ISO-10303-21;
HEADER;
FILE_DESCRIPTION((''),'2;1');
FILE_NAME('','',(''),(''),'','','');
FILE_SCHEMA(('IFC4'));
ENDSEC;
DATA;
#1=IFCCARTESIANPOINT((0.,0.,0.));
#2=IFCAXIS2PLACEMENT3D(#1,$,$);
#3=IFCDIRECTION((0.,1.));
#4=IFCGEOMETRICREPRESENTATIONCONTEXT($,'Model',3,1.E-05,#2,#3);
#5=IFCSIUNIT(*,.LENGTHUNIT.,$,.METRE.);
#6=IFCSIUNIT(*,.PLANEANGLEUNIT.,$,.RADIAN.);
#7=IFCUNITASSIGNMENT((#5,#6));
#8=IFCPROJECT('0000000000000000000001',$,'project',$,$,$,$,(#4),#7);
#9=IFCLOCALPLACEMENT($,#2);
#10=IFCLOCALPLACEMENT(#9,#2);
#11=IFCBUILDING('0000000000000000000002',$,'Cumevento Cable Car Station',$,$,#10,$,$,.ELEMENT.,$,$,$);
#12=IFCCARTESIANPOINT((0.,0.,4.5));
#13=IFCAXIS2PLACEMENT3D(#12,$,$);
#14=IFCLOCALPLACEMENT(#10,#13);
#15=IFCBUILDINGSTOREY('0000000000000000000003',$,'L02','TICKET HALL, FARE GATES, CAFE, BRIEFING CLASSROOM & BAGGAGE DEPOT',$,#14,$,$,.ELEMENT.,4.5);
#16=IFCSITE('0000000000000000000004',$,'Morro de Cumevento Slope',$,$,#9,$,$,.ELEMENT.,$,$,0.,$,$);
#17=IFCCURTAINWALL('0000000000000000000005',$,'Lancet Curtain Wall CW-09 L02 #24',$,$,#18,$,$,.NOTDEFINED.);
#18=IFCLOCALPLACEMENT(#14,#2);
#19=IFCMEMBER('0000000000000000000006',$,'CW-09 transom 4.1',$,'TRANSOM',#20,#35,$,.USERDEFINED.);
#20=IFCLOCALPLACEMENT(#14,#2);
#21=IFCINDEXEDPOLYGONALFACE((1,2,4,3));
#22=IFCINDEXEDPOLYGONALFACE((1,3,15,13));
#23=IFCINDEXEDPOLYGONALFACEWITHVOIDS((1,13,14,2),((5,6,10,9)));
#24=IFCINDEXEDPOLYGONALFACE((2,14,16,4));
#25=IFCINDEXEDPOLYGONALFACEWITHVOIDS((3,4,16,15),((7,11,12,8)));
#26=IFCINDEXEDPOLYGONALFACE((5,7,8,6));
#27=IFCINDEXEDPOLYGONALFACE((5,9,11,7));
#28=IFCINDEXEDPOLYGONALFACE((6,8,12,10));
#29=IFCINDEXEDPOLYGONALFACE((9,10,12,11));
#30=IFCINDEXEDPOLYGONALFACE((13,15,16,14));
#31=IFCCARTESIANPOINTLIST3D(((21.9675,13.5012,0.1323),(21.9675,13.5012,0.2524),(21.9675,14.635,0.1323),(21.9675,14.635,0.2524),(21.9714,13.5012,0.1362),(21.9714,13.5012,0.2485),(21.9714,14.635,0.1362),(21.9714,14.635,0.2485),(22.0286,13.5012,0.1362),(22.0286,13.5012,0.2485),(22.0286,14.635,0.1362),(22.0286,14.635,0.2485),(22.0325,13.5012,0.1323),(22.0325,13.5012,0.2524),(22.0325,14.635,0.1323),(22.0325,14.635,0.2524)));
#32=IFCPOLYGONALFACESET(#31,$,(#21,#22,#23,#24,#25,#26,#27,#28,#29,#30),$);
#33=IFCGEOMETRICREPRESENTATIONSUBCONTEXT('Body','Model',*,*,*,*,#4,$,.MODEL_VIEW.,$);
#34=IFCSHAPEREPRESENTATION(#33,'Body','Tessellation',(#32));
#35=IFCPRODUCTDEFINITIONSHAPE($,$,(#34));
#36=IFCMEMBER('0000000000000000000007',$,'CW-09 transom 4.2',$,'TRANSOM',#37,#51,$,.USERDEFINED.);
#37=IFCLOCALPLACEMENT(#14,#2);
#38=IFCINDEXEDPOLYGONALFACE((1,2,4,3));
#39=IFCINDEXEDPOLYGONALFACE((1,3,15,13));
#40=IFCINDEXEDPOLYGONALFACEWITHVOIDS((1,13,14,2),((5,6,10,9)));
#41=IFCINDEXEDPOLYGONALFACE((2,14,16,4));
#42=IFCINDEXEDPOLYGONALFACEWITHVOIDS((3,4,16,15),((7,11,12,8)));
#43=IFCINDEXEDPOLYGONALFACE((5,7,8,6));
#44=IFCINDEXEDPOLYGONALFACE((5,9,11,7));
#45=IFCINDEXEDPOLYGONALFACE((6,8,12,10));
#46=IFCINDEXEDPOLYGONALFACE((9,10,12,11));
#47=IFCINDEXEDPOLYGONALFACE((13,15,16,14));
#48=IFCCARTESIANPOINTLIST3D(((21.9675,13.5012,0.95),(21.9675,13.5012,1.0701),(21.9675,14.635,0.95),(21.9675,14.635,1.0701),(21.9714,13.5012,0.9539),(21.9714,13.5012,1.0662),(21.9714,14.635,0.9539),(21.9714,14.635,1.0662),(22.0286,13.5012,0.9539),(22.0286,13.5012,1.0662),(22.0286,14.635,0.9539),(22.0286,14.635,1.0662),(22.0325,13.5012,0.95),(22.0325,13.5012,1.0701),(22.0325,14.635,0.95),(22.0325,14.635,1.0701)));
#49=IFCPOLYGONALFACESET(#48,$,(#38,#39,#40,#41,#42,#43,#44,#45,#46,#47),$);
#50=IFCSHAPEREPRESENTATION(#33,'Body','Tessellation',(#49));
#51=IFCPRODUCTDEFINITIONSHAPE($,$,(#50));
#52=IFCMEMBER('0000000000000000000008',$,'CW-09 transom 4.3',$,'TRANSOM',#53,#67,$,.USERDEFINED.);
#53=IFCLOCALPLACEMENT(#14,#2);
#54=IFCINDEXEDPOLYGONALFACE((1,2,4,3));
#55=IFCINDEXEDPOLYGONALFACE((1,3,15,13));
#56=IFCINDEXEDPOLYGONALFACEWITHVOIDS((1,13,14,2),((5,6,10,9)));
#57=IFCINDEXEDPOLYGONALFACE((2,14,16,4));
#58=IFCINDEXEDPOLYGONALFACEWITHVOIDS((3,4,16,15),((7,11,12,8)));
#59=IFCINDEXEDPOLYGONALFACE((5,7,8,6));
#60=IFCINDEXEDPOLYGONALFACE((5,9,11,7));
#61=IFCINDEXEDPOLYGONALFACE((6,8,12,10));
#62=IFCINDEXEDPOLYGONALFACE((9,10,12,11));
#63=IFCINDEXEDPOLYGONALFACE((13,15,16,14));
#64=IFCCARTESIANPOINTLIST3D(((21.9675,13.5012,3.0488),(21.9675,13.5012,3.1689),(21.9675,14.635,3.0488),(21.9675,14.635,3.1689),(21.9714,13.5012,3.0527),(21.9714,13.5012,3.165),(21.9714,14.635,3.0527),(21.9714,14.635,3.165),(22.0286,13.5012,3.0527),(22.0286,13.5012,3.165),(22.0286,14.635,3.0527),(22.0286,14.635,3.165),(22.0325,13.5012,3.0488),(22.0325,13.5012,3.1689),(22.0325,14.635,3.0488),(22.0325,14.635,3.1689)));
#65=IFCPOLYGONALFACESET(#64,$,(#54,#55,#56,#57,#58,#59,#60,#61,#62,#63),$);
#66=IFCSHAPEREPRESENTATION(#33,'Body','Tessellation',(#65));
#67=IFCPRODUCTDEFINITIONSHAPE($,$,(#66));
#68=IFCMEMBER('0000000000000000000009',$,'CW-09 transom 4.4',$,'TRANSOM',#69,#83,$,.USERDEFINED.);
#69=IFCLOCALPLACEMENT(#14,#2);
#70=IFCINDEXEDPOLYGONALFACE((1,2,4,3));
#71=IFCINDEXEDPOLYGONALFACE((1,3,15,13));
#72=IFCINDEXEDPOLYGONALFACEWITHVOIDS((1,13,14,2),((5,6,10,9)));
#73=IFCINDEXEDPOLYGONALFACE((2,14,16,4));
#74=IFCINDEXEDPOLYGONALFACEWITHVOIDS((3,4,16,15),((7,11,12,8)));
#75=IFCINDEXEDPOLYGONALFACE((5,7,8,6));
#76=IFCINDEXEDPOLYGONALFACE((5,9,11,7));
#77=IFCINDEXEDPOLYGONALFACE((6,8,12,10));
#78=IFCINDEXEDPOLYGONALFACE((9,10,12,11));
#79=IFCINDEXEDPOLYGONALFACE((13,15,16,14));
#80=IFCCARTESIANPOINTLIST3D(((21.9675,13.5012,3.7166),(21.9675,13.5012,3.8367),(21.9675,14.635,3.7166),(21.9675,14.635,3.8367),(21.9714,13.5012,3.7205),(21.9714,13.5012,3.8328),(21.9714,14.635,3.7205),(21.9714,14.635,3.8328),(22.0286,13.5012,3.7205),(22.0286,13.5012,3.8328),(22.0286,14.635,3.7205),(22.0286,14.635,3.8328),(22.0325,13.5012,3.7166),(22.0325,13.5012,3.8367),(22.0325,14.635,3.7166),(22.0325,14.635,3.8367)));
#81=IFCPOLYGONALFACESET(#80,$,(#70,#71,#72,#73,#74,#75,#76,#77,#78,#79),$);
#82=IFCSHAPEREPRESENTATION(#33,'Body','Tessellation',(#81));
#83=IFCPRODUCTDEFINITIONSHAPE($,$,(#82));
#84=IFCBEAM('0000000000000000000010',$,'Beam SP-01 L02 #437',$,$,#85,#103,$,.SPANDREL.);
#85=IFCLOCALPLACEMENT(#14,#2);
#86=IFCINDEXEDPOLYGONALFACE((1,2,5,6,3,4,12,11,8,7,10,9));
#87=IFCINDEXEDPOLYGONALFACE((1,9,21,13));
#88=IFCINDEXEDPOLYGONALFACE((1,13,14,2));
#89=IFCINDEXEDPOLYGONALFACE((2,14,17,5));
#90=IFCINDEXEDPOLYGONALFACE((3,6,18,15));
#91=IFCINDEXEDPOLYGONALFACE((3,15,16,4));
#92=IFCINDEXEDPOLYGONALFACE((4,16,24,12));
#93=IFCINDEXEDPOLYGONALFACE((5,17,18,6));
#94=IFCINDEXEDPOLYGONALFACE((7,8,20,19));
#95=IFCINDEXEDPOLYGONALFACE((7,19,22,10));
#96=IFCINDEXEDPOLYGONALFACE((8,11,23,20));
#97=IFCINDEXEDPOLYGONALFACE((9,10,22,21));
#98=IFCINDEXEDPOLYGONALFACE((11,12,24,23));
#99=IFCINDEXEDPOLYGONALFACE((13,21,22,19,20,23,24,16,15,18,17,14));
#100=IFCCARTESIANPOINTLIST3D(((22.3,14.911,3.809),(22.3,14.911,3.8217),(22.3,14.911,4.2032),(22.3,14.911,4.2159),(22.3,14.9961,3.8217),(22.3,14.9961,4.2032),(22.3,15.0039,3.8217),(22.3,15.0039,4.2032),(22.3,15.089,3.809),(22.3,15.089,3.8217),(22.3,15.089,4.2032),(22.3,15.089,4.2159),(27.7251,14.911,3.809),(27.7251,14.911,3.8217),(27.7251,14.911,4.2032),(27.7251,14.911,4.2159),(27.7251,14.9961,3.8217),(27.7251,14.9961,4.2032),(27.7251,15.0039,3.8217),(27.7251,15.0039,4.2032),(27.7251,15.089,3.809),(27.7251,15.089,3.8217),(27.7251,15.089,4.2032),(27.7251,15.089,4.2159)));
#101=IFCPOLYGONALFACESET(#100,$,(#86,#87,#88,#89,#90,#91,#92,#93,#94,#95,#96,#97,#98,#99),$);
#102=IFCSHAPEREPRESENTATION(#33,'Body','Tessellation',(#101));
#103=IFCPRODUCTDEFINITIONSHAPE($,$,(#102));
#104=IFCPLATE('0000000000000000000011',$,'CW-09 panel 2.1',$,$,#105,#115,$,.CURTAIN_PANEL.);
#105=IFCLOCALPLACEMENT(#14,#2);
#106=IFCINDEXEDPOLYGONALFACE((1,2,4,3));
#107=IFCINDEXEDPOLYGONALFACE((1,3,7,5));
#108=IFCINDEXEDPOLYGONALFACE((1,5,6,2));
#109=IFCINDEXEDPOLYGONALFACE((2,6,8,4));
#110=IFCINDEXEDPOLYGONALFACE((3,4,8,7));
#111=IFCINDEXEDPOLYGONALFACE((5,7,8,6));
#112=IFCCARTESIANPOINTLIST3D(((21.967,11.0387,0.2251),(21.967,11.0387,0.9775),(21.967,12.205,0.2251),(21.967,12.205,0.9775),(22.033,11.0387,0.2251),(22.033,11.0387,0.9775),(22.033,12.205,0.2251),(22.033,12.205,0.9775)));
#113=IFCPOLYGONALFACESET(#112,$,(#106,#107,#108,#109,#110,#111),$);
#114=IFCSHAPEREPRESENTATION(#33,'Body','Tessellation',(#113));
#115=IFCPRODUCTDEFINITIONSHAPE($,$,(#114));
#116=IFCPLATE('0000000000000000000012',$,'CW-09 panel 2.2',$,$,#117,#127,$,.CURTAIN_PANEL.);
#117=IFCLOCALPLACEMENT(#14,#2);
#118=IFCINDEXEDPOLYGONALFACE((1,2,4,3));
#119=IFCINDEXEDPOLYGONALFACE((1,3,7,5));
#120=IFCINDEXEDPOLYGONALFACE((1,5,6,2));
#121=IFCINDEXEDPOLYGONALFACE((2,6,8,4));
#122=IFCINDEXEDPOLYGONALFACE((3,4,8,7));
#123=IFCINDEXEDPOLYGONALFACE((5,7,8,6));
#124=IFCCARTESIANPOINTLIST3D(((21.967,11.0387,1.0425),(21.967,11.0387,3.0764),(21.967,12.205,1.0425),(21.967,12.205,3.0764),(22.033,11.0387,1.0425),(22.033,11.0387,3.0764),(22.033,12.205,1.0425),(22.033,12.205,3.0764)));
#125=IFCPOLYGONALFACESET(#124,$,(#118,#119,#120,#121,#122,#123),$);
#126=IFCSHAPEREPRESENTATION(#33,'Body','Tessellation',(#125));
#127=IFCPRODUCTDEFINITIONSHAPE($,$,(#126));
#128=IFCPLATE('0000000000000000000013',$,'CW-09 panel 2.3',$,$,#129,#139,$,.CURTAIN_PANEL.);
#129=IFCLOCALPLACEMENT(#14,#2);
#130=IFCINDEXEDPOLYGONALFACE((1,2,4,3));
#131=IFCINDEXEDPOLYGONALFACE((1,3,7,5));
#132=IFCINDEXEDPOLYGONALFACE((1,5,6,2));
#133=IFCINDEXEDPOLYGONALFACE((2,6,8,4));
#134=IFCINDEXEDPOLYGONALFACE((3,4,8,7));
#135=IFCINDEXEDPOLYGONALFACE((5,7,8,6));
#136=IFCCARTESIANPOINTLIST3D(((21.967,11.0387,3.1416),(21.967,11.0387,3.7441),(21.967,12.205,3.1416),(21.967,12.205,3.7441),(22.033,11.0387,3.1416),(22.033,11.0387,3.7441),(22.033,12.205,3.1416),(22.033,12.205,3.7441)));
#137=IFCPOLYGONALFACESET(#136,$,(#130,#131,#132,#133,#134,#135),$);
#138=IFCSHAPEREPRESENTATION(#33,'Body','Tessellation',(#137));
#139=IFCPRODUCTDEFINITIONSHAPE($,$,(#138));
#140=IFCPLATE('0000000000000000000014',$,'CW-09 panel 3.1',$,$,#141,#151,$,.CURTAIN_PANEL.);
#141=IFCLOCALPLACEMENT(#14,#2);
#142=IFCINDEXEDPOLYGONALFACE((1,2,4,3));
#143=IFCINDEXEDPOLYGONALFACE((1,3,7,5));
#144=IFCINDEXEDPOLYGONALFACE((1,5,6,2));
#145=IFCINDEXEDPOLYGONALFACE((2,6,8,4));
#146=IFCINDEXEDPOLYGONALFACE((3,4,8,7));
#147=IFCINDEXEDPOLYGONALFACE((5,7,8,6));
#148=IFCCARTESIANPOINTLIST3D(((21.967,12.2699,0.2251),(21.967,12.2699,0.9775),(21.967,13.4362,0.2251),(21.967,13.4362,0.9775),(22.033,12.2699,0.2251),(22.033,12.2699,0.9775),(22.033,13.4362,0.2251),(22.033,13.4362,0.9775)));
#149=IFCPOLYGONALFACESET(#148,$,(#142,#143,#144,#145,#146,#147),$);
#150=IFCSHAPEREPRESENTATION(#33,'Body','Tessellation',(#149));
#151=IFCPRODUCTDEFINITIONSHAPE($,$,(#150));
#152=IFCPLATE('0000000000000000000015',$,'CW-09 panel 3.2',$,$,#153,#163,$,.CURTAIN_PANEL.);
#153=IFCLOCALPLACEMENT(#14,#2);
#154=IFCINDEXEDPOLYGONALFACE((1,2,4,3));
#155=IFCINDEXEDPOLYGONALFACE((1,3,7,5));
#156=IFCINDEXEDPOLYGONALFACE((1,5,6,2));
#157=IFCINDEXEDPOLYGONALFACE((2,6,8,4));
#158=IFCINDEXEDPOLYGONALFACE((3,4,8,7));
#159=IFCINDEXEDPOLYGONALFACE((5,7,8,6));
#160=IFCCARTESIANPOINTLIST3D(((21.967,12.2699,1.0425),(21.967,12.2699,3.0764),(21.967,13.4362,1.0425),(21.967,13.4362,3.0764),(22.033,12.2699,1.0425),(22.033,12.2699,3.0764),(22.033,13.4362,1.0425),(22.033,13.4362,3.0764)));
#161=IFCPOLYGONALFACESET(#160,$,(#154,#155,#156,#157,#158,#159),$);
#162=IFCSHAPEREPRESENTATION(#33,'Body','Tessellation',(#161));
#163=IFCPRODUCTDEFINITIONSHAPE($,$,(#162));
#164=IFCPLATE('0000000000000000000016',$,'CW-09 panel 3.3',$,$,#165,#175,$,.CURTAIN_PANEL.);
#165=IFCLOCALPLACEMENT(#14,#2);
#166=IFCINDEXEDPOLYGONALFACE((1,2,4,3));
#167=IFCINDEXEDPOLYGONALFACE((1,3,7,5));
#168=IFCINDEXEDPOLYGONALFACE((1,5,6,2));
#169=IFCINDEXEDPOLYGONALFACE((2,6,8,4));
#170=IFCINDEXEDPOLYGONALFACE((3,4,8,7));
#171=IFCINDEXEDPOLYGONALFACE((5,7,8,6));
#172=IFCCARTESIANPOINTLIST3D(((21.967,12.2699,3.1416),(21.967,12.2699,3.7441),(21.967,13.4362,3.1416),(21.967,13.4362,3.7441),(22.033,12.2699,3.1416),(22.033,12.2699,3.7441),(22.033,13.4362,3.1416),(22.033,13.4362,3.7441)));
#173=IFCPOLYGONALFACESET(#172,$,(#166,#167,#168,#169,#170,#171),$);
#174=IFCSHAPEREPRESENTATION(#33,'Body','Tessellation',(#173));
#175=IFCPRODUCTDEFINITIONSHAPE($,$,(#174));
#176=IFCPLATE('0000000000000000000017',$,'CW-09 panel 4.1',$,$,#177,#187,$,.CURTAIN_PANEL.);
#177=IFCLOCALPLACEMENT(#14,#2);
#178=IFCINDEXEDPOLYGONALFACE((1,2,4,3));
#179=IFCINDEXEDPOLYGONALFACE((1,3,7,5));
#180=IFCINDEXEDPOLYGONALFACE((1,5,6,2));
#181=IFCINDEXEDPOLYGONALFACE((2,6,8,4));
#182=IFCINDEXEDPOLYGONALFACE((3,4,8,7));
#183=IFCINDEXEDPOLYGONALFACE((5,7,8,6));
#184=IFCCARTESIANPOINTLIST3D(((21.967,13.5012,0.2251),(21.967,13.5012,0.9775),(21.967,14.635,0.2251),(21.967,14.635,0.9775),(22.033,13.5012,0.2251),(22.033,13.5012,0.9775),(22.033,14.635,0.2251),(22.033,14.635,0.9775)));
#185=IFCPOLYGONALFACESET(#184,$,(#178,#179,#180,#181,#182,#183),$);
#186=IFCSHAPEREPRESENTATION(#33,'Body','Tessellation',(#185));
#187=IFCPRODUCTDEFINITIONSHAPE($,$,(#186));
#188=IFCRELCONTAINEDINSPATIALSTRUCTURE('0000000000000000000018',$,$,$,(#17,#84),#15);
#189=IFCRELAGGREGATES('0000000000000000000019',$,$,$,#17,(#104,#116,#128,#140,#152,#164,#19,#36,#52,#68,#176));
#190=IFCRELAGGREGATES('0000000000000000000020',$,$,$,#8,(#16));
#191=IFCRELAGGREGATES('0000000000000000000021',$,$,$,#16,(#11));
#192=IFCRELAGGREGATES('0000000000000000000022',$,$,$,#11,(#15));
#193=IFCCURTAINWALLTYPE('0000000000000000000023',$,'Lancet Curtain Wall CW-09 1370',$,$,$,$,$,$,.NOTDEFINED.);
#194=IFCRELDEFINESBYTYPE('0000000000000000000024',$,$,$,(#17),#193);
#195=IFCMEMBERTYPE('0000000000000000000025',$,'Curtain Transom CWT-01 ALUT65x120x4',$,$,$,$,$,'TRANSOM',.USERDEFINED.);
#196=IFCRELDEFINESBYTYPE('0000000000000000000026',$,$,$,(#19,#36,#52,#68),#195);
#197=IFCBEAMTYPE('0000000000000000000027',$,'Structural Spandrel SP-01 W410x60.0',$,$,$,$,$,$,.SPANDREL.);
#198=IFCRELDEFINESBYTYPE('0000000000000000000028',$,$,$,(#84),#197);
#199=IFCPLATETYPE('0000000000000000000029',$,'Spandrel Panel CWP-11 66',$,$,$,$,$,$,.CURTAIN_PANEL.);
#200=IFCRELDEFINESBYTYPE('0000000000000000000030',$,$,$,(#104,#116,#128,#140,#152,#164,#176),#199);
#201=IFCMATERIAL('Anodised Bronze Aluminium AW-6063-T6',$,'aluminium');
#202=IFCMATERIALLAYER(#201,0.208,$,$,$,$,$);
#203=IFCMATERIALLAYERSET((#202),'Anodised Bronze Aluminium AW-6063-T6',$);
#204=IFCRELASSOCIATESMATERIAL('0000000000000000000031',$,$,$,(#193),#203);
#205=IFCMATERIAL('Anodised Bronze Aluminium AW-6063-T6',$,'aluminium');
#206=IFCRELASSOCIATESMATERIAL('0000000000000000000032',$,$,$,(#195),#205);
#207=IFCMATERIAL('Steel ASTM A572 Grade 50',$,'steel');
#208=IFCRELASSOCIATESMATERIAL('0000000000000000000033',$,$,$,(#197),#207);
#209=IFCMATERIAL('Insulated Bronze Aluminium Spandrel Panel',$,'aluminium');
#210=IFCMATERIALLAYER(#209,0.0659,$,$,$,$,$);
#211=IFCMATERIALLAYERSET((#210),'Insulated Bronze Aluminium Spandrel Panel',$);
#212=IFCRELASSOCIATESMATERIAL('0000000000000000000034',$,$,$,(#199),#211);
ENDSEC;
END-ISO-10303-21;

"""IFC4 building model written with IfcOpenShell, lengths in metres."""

from ifc_helpers import new_model, si_unit, direction, frame, origin, origin_2d, place, context, subcontext, project, spatial, rectangle, hollow_rectangle, i_section, extrude, material, layer, layer_set, material_profile, profile_set, type_object, element, aggregate, save


model = new_model("IFC4")

# Units and contexts
model_context = context("Model", 3, precision=1e-05, world=origin(), true_north=direction((0.0, 1.0)))
body_context = subcontext(model_context, "Body", "Model", "MODEL_VIEW")
ifc_project = project(units=[si_unit("LENGTHUNIT", "METRE"), si_unit("PLANEANGLEUNIT", "RADIAN")], contexts=[model_context])

# Site, building, storey
site_placement = place(None, origin())
site = spatial("IfcSite", under=ifc_project, at=site_placement, Name="Morro de Cumevento Slope", CompositionType="ELEMENT", RefElevation=0.0)
building_placement = place(site_placement, origin())
building = spatial("IfcBuilding", under=site, at=building_placement, Name="Cumevento Cable Car Station", CompositionType="ELEMENT")
storey_placement = place(building_placement, frame((0.0, 0.0, 4.5)))
storey = spatial("IfcBuildingStorey", under=building, at=storey_placement, Name="L02", Description="TICKET HALL, FARE GATES, CAFE, BRIEFING CLASSROOM & BAGGAGE DEPOT", CompositionType="ELEMENT", Elevation=4.5)

# Curtain wall, members
ifc_material_1 = material(Name="Anodised Bronze Aluminium AW-6063-T6", Category="aluminium")
ifc_layer_1 = layer(ifc_material_1, 0.208)
ifc_layer_set_1 = layer_set([ifc_layer_1], Name="Anodised Bronze Aluminium AW-6063-T6")
curtain_wall_type_1 = type_object("IfcCurtainWallType", Name="Lancet Curtain Wall CW-09 1370", PredefinedType="NOTDEFINED", material=ifc_layer_set_1)
curtain_wall_1_placement = place(storey_placement, origin())
curtain_wall_1 = element("IfcCurtainWall", 1, at=curtain_wall_1_placement, inside=storey, type_object=curtain_wall_type_1, Name="Lancet Curtain Wall CW-09 L02 #24", PredefinedType="NOTDEFINED")
ifc_material_2 = material(Name="Anodised Bronze Aluminium AW-6063-T6", Category="aluminium")
ifc_material_profile_1 = material_profile(ifc_material_2, hollow_rectangle(XDim=0.0649, YDim=0.1201, WallThickness=0.0039, at=origin_2d()), Name="ALUT65x120x4")
ifc_profile_set_1 = profile_set([ifc_material_profile_1], Name="Anodised Bronze Aluminium AW-6063-T6")
member_type_1 = type_object("IfcMemberType", Name="Curtain Transom CWT-01 ALUT65x120x4", ElementType="TRANSOM", PredefinedType="USERDEFINED", material=ifc_profile_set_1)
member_1_placement = place(storey_placement, frame((22.0, 13.5012, 0.1924), z_axis=(0.0, 1.0, 0.0), x_axis=(-1.0, 0.0, 0.0)))
member_1 = element("IfcMember", 2, at=member_1_placement, type_object=member_type_1, Name="CW-09 transom 4.1", ObjectType="TRANSOM", PredefinedType="USERDEFINED", context=body_context, shape_type="SweptSolid", body=[
    extrude(hollow_rectangle(XDim=0.0649, YDim=0.1201, WallThickness=0.0039, at=origin_2d()), origin(), (0.0, 0.0, 1.0), 1.1338),
])
member_2_placement = place(storey_placement, frame((22.0, 13.5012, 1.01), z_axis=(0.0, 1.0, 0.0), x_axis=(-1.0, 0.0, 0.0)))
member_2 = element("IfcMember", 3, at=member_2_placement, type_object=member_type_1, Name="CW-09 transom 4.2", ObjectType="TRANSOM", PredefinedType="USERDEFINED", context=body_context, shape_type="SweptSolid", body=[
    extrude(hollow_rectangle(XDim=0.0649, YDim=0.1201, WallThickness=0.0039, at=origin_2d()), origin(), (0.0, 0.0, 1.0), 1.1338),
])
member_3_placement = place(storey_placement, frame((22.0, 13.5012, 3.1089), z_axis=(0.0, 1.0, 0.0), x_axis=(-1.0, 0.0, 0.0)))
member_3 = element("IfcMember", 4, at=member_3_placement, type_object=member_type_1, Name="CW-09 transom 4.3", ObjectType="TRANSOM", PredefinedType="USERDEFINED", context=body_context, shape_type="SweptSolid", body=[
    extrude(hollow_rectangle(XDim=0.0649, YDim=0.1201, WallThickness=0.0039, at=origin_2d()), origin(), (0.0, 0.0, 1.0), 1.1338),
])
member_4_placement = place(storey_placement, frame((22.0, 13.5012, 3.7766), z_axis=(0.0, 1.0, 0.0), x_axis=(-1.0, 0.0, 0.0)))
member_4 = element("IfcMember", 5, at=member_4_placement, type_object=member_type_1, Name="CW-09 transom 4.4", ObjectType="TRANSOM", PredefinedType="USERDEFINED", context=body_context, shape_type="SweptSolid", body=[
    extrude(hollow_rectangle(XDim=0.0649, YDim=0.1201, WallThickness=0.0039, at=origin_2d()), origin(), (0.0, 0.0, 1.0), 1.1338),
])

# Beam
ifc_material_3 = material(Name="Steel ASTM A572 Grade 50", Category="steel")
ifc_material_profile_2 = material_profile(ifc_material_3, i_section(OverallWidth=0.178, OverallDepth=0.407, WebThickness=0.0078, FlangeThickness=0.0127, at=origin_2d()), Name="W410x60.0")
ifc_profile_set_2 = profile_set([ifc_material_profile_2], Name="Steel ASTM A572 Grade 50")
beam_type = type_object("IfcBeamType", Name="Structural Spandrel SP-01 W410x60.0", PredefinedType="SPANDREL", material=ifc_profile_set_2)
beam_placement = place(storey_placement, frame((22.3, 15.0, 4.0125), z_axis=(1.0, 0.0, 0.0), x_axis=(0.0, 1.0, 0.0)))
element("IfcBeam", 6, at=beam_placement, inside=storey, type_object=beam_type, Name="Beam SP-01 L02 #437", PredefinedType="SPANDREL", context=body_context, shape_type="SweptSolid", body=[
    extrude(i_section(OverallWidth=0.178, OverallDepth=0.407, WebThickness=0.0078, FlangeThickness=0.0127, at=origin_2d()), origin(), (0.0, 0.0, 1.0), 5.425),
])

# Plates
ifc_material_4 = material(Name="Insulated Bronze Aluminium Spandrel Panel", Category="aluminium")
ifc_layer_2 = layer(ifc_material_4, 0.0659)
ifc_layer_set_2 = layer_set([ifc_layer_2], Name="Insulated Bronze Aluminium Spandrel Panel")
plate_type = type_object("IfcPlateType", Name="Spandrel Panel CWP-11 66", PredefinedType="CURTAIN_PANEL", material=ifc_layer_set_2)
plate_1_placement = place(storey_placement, frame((22.0, 11.6218, 0.2251), z_axis=(0.0, 0.0, 1.0), x_axis=(0.0, 1.0, 0.0)))
plate_1 = element("IfcPlate", 7, at=plate_1_placement, type_object=plate_type, Name="CW-09 panel 2.1", PredefinedType="CURTAIN_PANEL", context=body_context, shape_type="SweptSolid", body=[
    extrude(rectangle(XDim=1.1663, YDim=0.0659, at=origin_2d()), origin(), (0.0, 0.0, 1.0), 0.7524),
])
plate_2_placement = place(storey_placement, frame((22.0, 11.6218, 1.0425), z_axis=(0.0, 0.0, 1.0), x_axis=(0.0, 1.0, 0.0)))
plate_2 = element("IfcPlate", 8, at=plate_2_placement, type_object=plate_type, Name="CW-09 panel 2.2", PredefinedType="CURTAIN_PANEL", context=body_context, shape_type="SweptSolid", body=[
    extrude(rectangle(XDim=1.1663, YDim=0.0659, at=origin_2d()), origin(), (0.0, 0.0, 1.0), 2.0339),
])
plate_3_placement = place(storey_placement, frame((22.0, 11.6218, 3.1416), z_axis=(0.0, 0.0, 1.0), x_axis=(0.0, 1.0, 0.0)))
plate_3 = element("IfcPlate", 9, at=plate_3_placement, type_object=plate_type, Name="CW-09 panel 2.3", PredefinedType="CURTAIN_PANEL", context=body_context, shape_type="SweptSolid", body=[
    extrude(rectangle(XDim=1.1663, YDim=0.0659, at=origin_2d()), origin(), (0.0, 0.0, 1.0), 0.6025),
])
plate_4_placement = place(storey_placement, frame((22.0, 12.853, 0.2251), z_axis=(0.0, 0.0, 1.0), x_axis=(0.0, 1.0, 0.0)))
plate_4 = element("IfcPlate", 10, at=plate_4_placement, type_object=plate_type, Name="CW-09 panel 3.1", PredefinedType="CURTAIN_PANEL", context=body_context, shape_type="SweptSolid", body=[
    extrude(rectangle(XDim=1.1663, YDim=0.0659, at=origin_2d()), origin(), (0.0, 0.0, 1.0), 0.7524),
])
plate_5_placement = place(storey_placement, frame((22.0, 12.853, 1.0425), z_axis=(0.0, 0.0, 1.0), x_axis=(0.0, 1.0, 0.0)))
plate_5 = element("IfcPlate", 11, at=plate_5_placement, type_object=plate_type, Name="CW-09 panel 3.2", PredefinedType="CURTAIN_PANEL", context=body_context, shape_type="SweptSolid", body=[
    extrude(rectangle(XDim=1.1663, YDim=0.0659, at=origin_2d()), origin(), (0.0, 0.0, 1.0), 2.0339),
])
plate_6_placement = place(storey_placement, frame((22.0, 12.853, 3.1416), z_axis=(0.0, 0.0, 1.0), x_axis=(0.0, 1.0, 0.0)))
plate_6 = element("IfcPlate", 12, at=plate_6_placement, type_object=plate_type, Name="CW-09 panel 3.3", PredefinedType="CURTAIN_PANEL", context=body_context, shape_type="SweptSolid", body=[
    extrude(rectangle(XDim=1.1663, YDim=0.0659, at=origin_2d()), origin(), (0.0, 0.0, 1.0), 0.6025),
])
plate_7_placement = place(storey_placement, frame((22.0, 14.0681, 0.2251), z_axis=(0.0, 0.0, 1.0), x_axis=(0.0, 1.0, 0.0)))
plate_7 = element("IfcPlate", 13, at=plate_7_placement, type_object=plate_type, Name="CW-09 panel 4.1", PredefinedType="CURTAIN_PANEL", context=body_context, shape_type="SweptSolid", body=[
    extrude(rectangle(XDim=1.1338, YDim=0.0659, at=origin_2d()), origin(), (0.0, 0.0, 1.0), 0.7524),
])
aggregate(curtain_wall_1, [plate_1, plate_2, plate_3, plate_4, plate_5, plate_6, member_1, member_2, member_3, member_4, plate_7])

save(model, "model.ifc")
